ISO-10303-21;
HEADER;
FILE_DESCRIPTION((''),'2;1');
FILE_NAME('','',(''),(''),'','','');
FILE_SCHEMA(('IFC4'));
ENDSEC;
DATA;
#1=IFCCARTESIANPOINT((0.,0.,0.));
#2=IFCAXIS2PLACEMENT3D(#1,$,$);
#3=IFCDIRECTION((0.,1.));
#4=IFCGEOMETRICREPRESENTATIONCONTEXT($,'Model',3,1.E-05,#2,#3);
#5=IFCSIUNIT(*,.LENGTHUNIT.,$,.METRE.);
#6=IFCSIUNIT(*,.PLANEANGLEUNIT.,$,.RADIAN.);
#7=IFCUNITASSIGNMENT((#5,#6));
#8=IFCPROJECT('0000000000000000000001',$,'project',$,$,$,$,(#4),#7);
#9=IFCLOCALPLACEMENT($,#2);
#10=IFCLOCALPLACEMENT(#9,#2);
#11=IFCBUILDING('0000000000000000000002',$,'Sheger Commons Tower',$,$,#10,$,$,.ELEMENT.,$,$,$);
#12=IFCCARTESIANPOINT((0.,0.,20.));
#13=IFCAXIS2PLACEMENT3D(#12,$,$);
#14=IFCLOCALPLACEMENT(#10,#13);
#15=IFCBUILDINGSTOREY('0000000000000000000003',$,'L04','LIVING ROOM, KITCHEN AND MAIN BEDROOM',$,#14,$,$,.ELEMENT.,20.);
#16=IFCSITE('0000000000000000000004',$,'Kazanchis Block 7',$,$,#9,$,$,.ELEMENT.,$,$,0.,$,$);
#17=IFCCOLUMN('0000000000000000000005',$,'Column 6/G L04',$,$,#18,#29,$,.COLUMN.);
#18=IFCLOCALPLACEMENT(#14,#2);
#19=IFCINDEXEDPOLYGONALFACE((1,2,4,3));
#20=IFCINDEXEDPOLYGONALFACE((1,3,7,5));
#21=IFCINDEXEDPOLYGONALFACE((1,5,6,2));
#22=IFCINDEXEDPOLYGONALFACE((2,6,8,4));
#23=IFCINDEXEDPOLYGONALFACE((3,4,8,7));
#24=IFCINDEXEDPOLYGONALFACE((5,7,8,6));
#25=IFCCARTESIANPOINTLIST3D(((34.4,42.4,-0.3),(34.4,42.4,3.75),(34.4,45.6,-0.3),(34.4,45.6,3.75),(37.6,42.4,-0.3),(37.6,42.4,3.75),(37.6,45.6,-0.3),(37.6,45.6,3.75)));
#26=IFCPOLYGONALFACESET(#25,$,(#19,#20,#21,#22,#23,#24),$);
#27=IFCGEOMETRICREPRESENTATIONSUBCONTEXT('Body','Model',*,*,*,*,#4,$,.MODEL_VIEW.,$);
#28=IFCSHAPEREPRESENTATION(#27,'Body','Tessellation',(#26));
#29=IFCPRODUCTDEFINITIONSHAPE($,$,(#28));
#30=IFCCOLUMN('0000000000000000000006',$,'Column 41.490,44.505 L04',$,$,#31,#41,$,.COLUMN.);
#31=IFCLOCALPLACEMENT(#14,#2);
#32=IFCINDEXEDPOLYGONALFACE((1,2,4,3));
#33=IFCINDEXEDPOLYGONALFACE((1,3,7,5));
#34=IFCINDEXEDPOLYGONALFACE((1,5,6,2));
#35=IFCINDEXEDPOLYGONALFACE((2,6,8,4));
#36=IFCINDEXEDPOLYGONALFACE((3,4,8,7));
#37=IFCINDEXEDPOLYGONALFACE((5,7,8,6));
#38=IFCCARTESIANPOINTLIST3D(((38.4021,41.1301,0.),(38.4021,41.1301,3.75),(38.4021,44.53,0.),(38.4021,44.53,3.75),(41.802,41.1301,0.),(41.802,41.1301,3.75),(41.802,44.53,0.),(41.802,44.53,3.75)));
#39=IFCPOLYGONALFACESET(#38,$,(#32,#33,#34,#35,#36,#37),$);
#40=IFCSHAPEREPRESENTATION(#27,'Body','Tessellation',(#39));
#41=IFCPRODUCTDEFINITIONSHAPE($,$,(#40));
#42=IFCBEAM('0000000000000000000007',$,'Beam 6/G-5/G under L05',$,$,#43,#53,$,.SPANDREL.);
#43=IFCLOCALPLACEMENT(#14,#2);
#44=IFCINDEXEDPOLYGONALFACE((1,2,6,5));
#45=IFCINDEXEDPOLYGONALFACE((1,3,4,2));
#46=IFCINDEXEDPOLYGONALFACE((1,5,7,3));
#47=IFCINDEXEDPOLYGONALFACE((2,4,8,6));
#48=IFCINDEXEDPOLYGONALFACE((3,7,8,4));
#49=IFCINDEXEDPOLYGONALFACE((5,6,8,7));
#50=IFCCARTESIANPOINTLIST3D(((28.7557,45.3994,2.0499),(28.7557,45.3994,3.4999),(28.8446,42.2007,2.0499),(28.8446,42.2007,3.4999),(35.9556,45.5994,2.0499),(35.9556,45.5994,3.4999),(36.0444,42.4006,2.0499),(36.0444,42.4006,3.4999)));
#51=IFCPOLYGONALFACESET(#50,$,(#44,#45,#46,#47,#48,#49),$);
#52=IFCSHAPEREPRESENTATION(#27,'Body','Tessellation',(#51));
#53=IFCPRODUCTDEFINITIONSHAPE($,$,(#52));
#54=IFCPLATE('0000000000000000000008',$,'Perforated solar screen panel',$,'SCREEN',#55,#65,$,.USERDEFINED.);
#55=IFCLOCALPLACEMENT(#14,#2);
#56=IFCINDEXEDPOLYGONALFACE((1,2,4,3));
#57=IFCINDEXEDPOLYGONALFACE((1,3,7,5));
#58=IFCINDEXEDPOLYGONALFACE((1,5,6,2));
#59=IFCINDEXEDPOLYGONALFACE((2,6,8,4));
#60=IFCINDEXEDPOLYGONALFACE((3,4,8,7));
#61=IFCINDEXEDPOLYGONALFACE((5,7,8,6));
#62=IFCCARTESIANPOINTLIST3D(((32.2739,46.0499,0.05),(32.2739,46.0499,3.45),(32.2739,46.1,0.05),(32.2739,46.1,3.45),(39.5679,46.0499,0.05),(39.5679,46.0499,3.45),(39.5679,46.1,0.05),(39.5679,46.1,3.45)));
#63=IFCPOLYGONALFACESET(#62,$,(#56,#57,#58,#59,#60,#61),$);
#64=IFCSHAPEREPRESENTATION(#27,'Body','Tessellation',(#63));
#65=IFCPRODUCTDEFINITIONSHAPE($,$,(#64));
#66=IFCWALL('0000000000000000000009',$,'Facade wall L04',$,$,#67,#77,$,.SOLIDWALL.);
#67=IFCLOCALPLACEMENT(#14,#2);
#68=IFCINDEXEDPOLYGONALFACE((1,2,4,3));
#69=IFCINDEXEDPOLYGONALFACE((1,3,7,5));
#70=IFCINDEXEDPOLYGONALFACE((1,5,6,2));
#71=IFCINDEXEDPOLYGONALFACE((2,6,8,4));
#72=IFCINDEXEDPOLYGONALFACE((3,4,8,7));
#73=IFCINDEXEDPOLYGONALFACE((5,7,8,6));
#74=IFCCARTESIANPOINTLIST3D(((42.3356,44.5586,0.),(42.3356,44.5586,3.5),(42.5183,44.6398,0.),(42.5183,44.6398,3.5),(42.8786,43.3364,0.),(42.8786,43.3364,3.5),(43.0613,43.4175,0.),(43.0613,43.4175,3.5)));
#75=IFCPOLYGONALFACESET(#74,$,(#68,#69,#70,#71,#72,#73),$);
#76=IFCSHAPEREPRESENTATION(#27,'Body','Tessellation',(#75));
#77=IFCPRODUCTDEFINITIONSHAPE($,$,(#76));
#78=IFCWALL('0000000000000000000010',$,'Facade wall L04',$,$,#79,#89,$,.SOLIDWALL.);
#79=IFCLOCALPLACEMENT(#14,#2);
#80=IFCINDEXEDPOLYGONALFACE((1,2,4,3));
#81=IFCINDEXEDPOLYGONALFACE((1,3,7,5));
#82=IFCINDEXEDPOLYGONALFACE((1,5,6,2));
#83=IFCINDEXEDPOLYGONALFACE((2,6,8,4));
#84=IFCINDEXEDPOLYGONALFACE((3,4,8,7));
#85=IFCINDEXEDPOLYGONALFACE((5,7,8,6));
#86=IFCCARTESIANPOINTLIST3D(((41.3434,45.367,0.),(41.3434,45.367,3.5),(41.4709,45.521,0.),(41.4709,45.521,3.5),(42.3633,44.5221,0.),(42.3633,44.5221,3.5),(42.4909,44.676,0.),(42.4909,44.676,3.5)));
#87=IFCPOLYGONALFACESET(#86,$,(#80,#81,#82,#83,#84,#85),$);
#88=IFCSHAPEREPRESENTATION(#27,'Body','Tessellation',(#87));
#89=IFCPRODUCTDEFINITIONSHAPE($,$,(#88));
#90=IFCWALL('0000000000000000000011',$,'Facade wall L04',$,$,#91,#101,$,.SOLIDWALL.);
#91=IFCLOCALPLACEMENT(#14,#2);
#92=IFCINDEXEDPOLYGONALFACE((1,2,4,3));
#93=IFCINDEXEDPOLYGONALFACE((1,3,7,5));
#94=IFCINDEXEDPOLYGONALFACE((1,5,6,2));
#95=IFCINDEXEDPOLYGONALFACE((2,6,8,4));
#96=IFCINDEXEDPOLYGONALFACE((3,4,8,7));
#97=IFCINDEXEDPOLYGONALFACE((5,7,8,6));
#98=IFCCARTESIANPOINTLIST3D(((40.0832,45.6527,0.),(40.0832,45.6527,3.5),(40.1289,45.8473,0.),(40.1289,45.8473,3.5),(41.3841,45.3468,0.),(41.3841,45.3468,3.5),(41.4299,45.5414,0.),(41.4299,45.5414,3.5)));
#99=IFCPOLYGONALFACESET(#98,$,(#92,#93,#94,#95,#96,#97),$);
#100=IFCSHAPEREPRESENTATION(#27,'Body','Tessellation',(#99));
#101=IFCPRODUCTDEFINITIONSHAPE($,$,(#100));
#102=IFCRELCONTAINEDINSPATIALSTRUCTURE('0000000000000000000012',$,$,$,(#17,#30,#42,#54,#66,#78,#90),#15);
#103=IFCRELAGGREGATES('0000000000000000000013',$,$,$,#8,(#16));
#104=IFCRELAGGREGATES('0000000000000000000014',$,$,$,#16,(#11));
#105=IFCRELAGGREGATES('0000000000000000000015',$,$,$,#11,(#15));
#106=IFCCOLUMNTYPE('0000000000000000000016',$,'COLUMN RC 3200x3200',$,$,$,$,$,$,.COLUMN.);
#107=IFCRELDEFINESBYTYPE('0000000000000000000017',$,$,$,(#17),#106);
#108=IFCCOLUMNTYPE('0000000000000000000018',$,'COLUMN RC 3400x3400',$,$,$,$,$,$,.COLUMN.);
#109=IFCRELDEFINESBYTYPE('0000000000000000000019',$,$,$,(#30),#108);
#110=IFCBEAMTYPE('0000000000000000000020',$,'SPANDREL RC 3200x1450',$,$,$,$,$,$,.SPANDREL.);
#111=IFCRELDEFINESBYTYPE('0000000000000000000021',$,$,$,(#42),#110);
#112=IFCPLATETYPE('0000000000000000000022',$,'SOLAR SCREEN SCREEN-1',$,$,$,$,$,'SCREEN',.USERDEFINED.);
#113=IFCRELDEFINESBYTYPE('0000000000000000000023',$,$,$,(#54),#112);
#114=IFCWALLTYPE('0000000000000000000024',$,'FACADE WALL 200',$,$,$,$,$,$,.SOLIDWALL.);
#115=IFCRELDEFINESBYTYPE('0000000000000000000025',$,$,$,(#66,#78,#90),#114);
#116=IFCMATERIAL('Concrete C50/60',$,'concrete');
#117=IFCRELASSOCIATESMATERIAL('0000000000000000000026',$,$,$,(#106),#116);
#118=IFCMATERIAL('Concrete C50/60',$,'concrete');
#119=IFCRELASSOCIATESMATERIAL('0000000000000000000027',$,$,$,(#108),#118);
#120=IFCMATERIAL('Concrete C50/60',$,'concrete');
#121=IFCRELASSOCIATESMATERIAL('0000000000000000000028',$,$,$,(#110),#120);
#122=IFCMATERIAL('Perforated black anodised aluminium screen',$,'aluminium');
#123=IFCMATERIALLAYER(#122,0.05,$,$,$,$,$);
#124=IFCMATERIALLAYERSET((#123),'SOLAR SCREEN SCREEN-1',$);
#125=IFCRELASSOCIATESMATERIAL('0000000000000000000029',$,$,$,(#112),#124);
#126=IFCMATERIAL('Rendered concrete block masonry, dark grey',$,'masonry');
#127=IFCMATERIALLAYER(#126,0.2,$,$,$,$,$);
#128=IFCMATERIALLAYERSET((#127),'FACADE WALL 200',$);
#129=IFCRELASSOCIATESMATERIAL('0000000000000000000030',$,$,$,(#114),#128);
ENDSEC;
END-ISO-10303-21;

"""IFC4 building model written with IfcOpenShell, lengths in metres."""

from ifc_helpers import new_model, si_unit, direction, frame, frame_2d, origin, origin_2d, place, context, subcontext, project, spatial, rectangle, extrude, material, layer, layer_set, material_profile, profile_set, type_object, element, save


model = new_model("IFC4")

# Units and contexts
model_context = context("Model", 3, precision=1e-05, world=origin(), true_north=direction((0.0, 1.0)))
body_context = subcontext(model_context, "Body", "Model", "MODEL_VIEW")
ifc_project = project(units=[si_unit("LENGTHUNIT", "METRE"), si_unit("PLANEANGLEUNIT", "RADIAN")], contexts=[model_context])

# Site, building, storey
site_placement = place(None, origin())
site = spatial("IfcSite", under=ifc_project, at=site_placement, Name="Kazanchis Block 7", CompositionType="ELEMENT", RefElevation=0.0)
building_placement = place(site_placement, origin())
building = spatial("IfcBuilding", under=site, at=building_placement, Name="Sheger Commons Tower", CompositionType="ELEMENT")
storey_placement = place(building_placement, frame((0.0, 0.0, 20.0)))
storey = spatial("IfcBuildingStorey", under=building, at=storey_placement, Name="L04", Description="LIVING ROOM, KITCHEN AND MAIN BEDROOM", CompositionType="ELEMENT", Elevation=20.0)

# Columns
ifc_material_1 = material(Name="Concrete C50/60", Category="concrete")
ifc_material_profile_1 = material_profile(ifc_material_1, rectangle(XDim=3.2, YDim=3.2, at=origin_2d()), Name="RC 3200x3200")
ifc_profile_set_1 = profile_set([ifc_material_profile_1], Name="Concrete C50/60")
column_type_1 = type_object("IfcColumnType", Name="COLUMN RC 3200x3200", PredefinedType="COLUMN", material=ifc_profile_set_1)
column_1_placement = place(storey_placement, frame((36.0, 44.0, -0.3), z_axis=(0.0, 0.0, 1.0), x_axis=(1.0, 0.0, 0.0)))
element("IfcColumn", 1, at=column_1_placement, inside=storey, type_object=column_type_1, Name="Column 6/G L04", PredefinedType="COLUMN", context=body_context, shape_type="SweptSolid", body=[
    extrude(rectangle(XDim=3.2, YDim=3.2, at=origin_2d()), origin(), (0.0, 0.0, 1.0), 4.05),
])
ifc_material_2 = material(Name="Concrete C50/60", Category="concrete")
ifc_material_profile_2 = material_profile(ifc_material_2, rectangle(XDim=3.3999, YDim=3.3999, at=origin_2d()), Name="RC 3400x3400")
ifc_profile_set_2 = profile_set([ifc_material_profile_2], Name="Concrete C50/60")
column_type_2 = type_object("IfcColumnType", Name="COLUMN RC 3400x3400", PredefinedType="COLUMN", material=ifc_profile_set_2)
column_2_placement = place(storey_placement, frame((40.1021, 42.8301, 0.0), z_axis=(0.0, 0.0, 1.0), x_axis=(1.0, 0.0, 0.0)))
element("IfcColumn", 2, at=column_2_placement, inside=storey, type_object=column_type_2, Name="Column 41.490,44.505 L04", PredefinedType="COLUMN", context=body_context, shape_type="SweptSolid", body=[
    extrude(rectangle(XDim=3.3999, YDim=3.3999, at=origin_2d()), origin(), (0.0, 0.0, 1.0), 3.75),
])

# Beam
ifc_material_3 = material(Name="Concrete C50/60", Category="concrete")
ifc_material_profile_3 = material_profile(ifc_material_3, rectangle(XDim=3.2, YDim=1.45, at=origin_2d()), Name="RC 3200x1450")
ifc_profile_set_3 = profile_set([ifc_material_profile_3], Name="Concrete C50/60")
beam_type = type_object("IfcBeamType", Name="SPANDREL RC 3200x1450", PredefinedType="SPANDREL", material=ifc_profile_set_3)
beam_placement = place(storey_placement, frame((36.0, 44.0, 2.7749), z_axis=(-0.999615, -0.02776, 0.0), x_axis=(0.02776, -0.999615, 0.0)))
element("IfcBeam", 3, at=beam_placement, inside=storey, type_object=beam_type, Name="Beam 6/G-5/G under L05", PredefinedType="SPANDREL", context=body_context, shape_type="SweptSolid", body=[
    extrude(rectangle(XDim=3.2, YDim=1.45, at=origin_2d()), origin(), (0.0, 0.0, 1.0), 7.2026),
])

# Plate
ifc_material_4 = material(Name="Perforated black anodised aluminium screen", Category="aluminium")
ifc_layer_1 = layer(ifc_material_4, 0.05)
ifc_layer_set_1 = layer_set([ifc_layer_1], Name="SOLAR SCREEN SCREEN-1")
plate_type = type_object("IfcPlateType", Name="SOLAR SCREEN SCREEN-1", ElementType="SCREEN", PredefinedType="USERDEFINED", material=ifc_layer_set_1)
plate_placement = place(storey_placement, frame((35.9209, 46.075, 0.05), z_axis=(0.0, 0.0, 1.0), x_axis=(-1.0, 0.0, 0.0)))
element("IfcPlate", 4, at=plate_placement, inside=storey, type_object=plate_type, Name="Perforated solar screen panel", ObjectType="SCREEN", PredefinedType="USERDEFINED", context=body_context, shape_type="SweptSolid", body=[
    extrude(rectangle(XDim=7.2939, YDim=0.05, at=origin_2d()), origin(), (0.0, 0.0, 1.0), 3.3999),
])

# Walls
ifc_material_5 = material(Name="Rendered concrete block masonry, dark grey", Category="masonry")
ifc_layer_2 = layer(ifc_material_5, 0.2)
ifc_layer_set_2 = layer_set([ifc_layer_2], Name="FACADE WALL 200")
wall_type_1 = type_object("IfcWallType", Name="FACADE WALL 200", PredefinedType="SOLIDWALL", material=ifc_layer_set_2)
wall_1_placement = place(storey_placement, frame((42.97, 43.377, 0.0), z_axis=(0.0, 0.0, 1.0), x_axis=(-0.406003, 0.913872, 0.0)))
element("IfcWall", 5, at=wall_1_placement, inside=storey, type_object=wall_type_1, Name="Facade wall L04", PredefinedType="SOLIDWALL", context=body_context, shape_type="SweptSolid", body=[
    extrude(rectangle(XDim=1.3374, YDim=0.2, at=frame_2d((0.6687, 0.0))), origin(), (0.0, 0.0, 1.0), 3.5),
])
wall_2_placement = place(storey_placement, frame((42.427, 44.5991, 0.0), z_axis=(0.0, 0.0, 1.0), x_axis=(-0.770091, 0.637934, 0.0)))
element("IfcWall", 6, at=wall_2_placement, inside=storey, type_object=wall_type_1, Name="Facade wall L04", PredefinedType="SOLIDWALL", context=body_context, shape_type="SweptSolid", body=[
    extrude(rectangle(XDim=1.3245, YDim=0.2, at=frame_2d((0.6621, 0.0))), origin(), (0.0, 0.0, 1.0), 3.5),
])
wall_3_placement = place(storey_placement, frame((41.407, 45.4441, 0.0), z_axis=(0.0, 0.0, 1.0), x_axis=(-0.973453, 0.228887, 0.0)))
element("IfcWall", 7, at=wall_3_placement, inside=storey, type_object=wall_type_1, Name="Facade wall L04", PredefinedType="SOLIDWALL", context=body_context, shape_type="SweptSolid", body=[
    extrude(rectangle(XDim=1.3364, YDim=0.2, at=frame_2d((0.6682, 0.0))), origin(), (0.0, 0.0, 1.0), 3.5),
])

save(model, "model.ifc")
